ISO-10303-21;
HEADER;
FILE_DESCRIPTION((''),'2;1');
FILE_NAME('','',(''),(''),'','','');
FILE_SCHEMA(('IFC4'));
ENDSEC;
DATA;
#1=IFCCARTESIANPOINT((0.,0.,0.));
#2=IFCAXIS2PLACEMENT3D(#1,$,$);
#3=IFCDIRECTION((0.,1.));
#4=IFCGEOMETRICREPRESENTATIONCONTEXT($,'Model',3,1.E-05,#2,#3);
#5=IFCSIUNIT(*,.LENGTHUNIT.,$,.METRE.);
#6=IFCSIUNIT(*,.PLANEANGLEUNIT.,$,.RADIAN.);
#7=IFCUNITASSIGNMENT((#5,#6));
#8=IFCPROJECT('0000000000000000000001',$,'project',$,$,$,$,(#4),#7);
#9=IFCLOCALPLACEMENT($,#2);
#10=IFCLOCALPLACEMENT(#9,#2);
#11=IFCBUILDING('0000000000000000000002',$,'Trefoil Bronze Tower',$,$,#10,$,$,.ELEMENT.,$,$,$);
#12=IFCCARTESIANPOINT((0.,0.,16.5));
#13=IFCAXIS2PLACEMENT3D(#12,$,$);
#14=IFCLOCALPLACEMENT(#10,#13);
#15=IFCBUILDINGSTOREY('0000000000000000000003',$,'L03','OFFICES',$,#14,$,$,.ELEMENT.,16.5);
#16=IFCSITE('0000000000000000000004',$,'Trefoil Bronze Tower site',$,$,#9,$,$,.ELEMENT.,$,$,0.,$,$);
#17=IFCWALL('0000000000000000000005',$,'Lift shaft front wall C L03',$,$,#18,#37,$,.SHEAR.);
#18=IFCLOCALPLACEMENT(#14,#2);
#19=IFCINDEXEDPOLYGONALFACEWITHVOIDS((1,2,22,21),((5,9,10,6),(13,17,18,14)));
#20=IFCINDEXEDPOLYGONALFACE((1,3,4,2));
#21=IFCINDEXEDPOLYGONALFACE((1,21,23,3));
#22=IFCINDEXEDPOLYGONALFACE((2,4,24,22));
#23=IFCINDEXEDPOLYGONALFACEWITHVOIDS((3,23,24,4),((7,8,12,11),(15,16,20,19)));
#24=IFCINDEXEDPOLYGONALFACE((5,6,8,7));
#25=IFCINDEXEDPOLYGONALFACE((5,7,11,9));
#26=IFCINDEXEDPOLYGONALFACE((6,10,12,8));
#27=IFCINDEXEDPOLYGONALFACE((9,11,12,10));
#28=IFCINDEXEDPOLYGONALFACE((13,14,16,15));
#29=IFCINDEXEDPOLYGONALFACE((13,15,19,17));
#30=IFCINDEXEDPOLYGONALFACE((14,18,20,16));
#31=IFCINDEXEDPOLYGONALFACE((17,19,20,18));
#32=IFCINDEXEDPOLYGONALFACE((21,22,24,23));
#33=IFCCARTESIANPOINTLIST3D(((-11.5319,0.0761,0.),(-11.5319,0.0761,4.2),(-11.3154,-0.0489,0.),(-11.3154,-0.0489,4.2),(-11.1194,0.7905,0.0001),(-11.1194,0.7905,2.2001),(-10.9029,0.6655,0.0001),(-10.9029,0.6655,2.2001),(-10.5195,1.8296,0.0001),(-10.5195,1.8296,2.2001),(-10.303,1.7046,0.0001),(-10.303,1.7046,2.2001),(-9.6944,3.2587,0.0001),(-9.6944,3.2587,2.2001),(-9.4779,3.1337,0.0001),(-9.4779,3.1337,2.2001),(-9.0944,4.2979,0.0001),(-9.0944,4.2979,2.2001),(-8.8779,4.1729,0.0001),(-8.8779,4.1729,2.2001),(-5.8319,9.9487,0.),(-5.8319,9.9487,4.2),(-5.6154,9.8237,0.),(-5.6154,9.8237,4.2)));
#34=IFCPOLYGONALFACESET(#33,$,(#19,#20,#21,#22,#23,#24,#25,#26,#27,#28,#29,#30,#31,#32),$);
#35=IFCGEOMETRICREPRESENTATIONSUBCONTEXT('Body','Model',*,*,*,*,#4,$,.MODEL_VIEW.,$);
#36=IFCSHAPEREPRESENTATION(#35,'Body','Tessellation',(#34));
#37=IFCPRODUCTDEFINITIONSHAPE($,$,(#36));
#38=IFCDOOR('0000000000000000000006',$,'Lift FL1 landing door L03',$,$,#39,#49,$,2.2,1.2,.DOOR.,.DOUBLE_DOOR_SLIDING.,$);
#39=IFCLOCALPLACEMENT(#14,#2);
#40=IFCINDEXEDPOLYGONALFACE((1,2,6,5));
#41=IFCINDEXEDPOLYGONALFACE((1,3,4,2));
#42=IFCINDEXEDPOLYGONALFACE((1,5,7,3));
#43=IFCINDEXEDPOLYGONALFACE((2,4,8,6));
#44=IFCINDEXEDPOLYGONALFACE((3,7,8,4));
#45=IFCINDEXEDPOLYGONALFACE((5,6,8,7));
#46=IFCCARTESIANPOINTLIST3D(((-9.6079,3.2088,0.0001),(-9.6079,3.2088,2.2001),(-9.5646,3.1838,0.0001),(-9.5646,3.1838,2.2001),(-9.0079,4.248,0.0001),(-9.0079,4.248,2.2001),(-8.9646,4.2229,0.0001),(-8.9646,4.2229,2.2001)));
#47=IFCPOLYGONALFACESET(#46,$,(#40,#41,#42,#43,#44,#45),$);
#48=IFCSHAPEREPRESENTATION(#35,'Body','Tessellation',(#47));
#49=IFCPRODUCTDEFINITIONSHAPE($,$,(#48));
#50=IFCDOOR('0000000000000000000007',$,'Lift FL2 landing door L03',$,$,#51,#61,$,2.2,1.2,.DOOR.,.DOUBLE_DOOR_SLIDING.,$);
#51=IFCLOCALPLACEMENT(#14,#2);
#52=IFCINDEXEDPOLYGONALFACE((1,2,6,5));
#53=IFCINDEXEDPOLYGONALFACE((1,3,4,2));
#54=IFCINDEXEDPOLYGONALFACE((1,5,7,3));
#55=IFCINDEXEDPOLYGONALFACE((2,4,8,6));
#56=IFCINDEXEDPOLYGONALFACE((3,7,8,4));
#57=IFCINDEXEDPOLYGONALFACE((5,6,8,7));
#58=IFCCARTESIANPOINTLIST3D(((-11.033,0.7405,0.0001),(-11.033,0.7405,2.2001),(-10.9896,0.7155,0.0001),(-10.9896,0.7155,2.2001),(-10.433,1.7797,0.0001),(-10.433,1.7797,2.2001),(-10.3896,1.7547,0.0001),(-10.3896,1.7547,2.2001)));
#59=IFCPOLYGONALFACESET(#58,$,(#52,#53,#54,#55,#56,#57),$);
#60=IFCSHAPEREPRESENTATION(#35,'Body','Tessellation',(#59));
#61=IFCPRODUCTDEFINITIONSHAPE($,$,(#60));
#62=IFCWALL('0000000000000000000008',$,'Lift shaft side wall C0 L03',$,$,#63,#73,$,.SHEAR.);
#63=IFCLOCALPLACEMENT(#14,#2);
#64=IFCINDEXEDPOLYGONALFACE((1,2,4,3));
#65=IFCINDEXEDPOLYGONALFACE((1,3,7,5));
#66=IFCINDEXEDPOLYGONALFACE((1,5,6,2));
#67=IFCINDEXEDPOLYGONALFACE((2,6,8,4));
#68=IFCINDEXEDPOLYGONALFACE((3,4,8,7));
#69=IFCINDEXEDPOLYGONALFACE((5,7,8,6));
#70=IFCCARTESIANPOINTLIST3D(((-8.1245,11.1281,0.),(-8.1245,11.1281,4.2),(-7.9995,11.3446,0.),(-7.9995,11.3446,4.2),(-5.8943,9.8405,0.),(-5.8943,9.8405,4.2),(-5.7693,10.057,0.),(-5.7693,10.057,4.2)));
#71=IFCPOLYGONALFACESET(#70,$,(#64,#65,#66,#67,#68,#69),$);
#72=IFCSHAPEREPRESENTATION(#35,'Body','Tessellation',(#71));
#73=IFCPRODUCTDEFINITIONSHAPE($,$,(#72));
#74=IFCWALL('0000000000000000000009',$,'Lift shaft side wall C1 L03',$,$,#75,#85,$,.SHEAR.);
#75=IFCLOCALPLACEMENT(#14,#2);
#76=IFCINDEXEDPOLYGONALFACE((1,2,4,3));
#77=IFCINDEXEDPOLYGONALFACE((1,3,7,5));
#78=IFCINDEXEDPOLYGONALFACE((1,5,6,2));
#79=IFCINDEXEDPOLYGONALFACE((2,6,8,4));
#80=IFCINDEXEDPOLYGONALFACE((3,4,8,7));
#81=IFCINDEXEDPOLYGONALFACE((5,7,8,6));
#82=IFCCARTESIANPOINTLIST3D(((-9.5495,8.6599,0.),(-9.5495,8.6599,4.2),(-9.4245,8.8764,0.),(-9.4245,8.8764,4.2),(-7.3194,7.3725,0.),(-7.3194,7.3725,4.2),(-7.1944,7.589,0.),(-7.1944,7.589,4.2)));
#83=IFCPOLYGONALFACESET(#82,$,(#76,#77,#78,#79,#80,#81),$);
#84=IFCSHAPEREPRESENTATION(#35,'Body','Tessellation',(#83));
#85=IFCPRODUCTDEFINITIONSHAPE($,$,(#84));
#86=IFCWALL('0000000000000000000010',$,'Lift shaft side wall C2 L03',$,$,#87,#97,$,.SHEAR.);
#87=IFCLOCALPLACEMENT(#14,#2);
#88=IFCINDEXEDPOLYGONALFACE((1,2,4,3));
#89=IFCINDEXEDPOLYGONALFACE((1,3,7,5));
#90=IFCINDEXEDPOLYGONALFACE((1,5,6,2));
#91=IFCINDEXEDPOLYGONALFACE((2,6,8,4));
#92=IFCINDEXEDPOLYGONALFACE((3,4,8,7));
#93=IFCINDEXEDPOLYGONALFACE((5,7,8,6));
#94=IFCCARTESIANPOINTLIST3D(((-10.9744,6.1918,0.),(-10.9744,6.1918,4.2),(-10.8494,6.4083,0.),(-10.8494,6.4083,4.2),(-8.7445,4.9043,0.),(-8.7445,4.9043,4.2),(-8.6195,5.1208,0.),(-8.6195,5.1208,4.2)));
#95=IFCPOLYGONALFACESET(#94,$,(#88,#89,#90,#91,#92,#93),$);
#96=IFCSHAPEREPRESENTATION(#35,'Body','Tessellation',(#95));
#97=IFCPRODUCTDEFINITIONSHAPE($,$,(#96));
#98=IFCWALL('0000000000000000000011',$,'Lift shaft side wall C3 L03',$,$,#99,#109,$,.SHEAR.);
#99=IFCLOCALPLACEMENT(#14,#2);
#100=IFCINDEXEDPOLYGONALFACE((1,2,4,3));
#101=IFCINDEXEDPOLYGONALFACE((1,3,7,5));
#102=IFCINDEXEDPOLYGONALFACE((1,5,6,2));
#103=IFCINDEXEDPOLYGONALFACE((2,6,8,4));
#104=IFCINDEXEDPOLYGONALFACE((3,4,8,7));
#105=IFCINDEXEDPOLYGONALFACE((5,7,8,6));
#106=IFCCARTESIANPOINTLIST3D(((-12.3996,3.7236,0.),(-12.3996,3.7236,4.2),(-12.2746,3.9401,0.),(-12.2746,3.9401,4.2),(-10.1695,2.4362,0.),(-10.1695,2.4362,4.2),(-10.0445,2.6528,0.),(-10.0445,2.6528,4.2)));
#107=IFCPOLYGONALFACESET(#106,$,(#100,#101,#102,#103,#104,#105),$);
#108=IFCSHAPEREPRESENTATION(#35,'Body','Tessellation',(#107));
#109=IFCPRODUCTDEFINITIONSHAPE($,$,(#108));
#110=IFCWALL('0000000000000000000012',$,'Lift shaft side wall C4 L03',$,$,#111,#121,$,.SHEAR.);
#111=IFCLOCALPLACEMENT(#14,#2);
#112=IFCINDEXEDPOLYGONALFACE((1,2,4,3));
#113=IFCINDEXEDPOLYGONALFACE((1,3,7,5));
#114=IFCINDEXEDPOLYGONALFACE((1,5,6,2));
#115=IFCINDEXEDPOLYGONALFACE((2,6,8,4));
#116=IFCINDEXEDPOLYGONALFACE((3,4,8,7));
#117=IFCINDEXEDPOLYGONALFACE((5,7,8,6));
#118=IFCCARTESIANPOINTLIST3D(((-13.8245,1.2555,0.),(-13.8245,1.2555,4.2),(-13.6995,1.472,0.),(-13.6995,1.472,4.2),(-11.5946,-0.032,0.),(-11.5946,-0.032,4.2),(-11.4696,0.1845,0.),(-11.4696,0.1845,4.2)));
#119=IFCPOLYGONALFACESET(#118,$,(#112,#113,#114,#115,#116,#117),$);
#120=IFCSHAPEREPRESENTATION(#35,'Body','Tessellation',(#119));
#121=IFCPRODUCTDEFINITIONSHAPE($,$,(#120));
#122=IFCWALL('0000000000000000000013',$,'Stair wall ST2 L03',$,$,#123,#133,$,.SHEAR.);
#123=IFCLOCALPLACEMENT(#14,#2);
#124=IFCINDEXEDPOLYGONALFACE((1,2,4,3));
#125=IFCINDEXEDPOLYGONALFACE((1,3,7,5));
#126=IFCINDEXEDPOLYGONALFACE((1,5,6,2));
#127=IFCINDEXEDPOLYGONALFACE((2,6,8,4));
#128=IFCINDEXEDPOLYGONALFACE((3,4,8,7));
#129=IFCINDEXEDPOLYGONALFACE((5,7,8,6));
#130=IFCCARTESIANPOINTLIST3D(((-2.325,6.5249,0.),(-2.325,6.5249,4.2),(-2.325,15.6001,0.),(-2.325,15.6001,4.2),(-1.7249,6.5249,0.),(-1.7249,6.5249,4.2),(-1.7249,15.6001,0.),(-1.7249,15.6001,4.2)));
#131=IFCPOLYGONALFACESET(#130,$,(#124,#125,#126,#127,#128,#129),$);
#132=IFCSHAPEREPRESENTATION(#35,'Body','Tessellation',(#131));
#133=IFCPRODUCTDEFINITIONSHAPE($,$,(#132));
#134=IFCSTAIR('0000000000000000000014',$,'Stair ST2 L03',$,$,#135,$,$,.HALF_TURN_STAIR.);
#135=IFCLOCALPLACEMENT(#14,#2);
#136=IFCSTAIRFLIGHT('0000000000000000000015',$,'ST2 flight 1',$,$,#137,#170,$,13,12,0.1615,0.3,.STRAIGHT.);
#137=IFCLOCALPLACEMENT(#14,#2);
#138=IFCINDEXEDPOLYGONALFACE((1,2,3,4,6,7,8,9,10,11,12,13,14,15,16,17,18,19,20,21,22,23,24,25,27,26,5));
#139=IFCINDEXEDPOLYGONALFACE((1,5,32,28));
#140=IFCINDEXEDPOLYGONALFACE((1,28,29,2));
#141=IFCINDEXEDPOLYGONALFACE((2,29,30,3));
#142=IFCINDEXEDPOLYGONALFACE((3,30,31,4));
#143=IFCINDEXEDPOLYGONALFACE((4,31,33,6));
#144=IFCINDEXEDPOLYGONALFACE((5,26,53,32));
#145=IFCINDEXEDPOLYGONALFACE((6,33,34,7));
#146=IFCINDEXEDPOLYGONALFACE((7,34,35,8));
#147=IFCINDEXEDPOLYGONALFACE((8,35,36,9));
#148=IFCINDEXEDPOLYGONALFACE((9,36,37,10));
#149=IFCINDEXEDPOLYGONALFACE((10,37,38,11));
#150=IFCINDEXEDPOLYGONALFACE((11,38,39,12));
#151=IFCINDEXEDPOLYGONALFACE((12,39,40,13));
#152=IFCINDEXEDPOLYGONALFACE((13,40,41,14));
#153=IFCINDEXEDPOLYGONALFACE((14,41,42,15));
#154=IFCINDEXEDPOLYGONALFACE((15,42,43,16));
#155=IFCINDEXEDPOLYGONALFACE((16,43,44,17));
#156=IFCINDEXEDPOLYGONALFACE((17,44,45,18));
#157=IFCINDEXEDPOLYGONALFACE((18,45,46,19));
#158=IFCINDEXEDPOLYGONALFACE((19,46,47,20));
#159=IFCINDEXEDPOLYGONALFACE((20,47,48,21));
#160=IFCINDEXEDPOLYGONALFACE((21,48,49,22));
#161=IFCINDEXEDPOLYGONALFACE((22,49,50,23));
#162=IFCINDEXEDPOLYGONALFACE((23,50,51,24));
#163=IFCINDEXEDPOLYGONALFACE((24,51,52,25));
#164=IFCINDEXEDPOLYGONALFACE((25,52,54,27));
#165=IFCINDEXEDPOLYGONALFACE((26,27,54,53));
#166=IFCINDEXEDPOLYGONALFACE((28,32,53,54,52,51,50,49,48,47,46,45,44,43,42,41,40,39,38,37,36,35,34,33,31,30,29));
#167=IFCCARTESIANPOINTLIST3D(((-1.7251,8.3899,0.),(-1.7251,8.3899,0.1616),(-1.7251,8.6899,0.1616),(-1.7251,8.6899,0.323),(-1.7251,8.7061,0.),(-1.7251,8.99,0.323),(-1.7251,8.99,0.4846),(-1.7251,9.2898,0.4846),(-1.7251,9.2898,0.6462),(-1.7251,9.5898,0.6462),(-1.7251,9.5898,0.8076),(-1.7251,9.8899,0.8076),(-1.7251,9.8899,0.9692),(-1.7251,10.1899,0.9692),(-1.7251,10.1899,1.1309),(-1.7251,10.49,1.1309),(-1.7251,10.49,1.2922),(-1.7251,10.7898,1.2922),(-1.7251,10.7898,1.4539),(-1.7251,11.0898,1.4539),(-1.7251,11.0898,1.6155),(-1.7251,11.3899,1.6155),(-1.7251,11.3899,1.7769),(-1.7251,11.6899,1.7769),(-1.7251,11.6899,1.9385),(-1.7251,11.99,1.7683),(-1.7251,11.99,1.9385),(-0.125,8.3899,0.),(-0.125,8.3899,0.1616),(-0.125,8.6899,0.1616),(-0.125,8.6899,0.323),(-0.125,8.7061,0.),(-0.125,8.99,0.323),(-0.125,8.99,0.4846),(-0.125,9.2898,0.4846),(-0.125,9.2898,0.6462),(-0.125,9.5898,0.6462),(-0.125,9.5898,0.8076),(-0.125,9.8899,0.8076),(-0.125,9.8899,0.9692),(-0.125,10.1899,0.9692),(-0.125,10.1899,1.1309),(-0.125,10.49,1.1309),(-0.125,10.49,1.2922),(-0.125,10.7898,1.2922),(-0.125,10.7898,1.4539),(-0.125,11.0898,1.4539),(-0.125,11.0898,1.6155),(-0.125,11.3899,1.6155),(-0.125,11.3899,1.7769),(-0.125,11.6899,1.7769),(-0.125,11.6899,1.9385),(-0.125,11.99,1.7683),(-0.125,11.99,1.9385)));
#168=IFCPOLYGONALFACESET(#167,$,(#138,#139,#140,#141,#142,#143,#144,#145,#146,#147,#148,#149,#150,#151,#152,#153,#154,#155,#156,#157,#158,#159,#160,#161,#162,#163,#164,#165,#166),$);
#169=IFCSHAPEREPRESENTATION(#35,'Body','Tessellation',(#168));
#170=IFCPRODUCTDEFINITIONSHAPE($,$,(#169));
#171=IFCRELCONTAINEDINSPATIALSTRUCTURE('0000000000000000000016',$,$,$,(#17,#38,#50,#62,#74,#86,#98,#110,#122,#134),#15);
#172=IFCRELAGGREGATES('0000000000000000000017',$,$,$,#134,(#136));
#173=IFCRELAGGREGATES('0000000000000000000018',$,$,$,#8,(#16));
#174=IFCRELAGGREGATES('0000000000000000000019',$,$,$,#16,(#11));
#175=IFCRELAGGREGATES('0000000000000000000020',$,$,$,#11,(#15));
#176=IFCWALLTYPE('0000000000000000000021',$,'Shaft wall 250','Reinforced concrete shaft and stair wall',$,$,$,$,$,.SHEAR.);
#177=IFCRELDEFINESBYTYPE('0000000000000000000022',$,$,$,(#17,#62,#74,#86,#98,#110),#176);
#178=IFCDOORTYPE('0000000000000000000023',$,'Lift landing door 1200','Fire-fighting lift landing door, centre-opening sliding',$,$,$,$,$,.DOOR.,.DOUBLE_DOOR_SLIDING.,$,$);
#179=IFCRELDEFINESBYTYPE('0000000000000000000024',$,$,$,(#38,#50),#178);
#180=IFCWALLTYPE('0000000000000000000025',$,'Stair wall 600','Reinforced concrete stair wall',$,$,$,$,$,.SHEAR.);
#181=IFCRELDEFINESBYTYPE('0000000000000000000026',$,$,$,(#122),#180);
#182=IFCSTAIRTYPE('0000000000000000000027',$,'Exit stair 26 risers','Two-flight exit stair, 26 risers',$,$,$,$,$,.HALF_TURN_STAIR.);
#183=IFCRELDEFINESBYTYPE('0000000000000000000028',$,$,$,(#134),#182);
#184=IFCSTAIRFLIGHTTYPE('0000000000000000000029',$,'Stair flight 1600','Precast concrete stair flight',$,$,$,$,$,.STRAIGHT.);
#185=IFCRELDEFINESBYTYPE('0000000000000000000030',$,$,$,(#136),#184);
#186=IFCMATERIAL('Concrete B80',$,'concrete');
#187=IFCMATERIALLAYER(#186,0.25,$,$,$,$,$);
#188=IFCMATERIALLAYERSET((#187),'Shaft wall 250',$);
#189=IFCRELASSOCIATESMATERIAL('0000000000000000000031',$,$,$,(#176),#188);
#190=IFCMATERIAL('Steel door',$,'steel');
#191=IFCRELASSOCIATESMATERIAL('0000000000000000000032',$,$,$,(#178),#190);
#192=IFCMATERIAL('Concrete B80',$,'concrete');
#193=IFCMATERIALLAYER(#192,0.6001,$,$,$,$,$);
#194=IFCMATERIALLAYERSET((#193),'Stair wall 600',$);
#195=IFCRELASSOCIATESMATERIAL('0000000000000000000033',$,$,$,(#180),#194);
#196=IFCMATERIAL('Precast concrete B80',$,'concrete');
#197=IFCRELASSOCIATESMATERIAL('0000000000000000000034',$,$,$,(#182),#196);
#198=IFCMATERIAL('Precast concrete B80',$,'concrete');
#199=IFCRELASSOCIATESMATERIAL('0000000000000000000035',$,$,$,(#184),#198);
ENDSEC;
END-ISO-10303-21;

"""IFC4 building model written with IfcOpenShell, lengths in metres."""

from ifc_helpers import new_model, si_unit, direction, frame, frame_2d, origin, place, context, subcontext, project, spatial, polyline, rectangle, outline, extrude, material, layer, layer_set, type_object, element, fill, aggregate, save


model = new_model("IFC4")

# Units and contexts
model_context = context("Model", 3, precision=1e-05, world=origin(), true_north=direction((0.0, 1.0)))
body_context = subcontext(model_context, "Body", "Model", "MODEL_VIEW")
ifc_project = project(units=[si_unit("LENGTHUNIT", "METRE"), si_unit("PLANEANGLEUNIT", "RADIAN")], contexts=[model_context])

# Site, building, storey
site_placement = place(None, origin())
site = spatial("IfcSite", under=ifc_project, at=site_placement, Name="Trefoil Bronze Tower site", CompositionType="ELEMENT", RefElevation=0.0)
building_placement = place(site_placement, origin())
building = spatial("IfcBuilding", under=site, at=building_placement, Name="Trefoil Bronze Tower", CompositionType="ELEMENT")
storey_placement = place(building_placement, frame((0.0, 0.0, 16.5)))
storey = spatial("IfcBuildingStorey", under=building, at=storey_placement, Name="L03", Description="OFFICES", CompositionType="ELEMENT", Elevation=16.5)

# Wall, openings, doors
ifc_material_1 = material(Name="Concrete B80", Category="concrete")
ifc_layer_1 = layer(ifc_material_1, 0.25)
ifc_layer_set_1 = layer_set([ifc_layer_1], Name="Shaft wall 250")
wall_type_1 = type_object("IfcWallType", Name="Shaft wall 250", Description="Reinforced concrete shaft and stair wall", PredefinedType="SHEAR", material=ifc_layer_set_1)
wall_1_placement = place(storey_placement, frame((-5.7236, 9.8862, 0.0), z_axis=(0.0, 0.0, 1.0), x_axis=(-0.500002, -0.866024, 0.0)))
wall_1 = element("IfcWall", 1, at=wall_1_placement, inside=storey, type_object=wall_type_1, Name="Lift shaft front wall C L03", PredefinedType="SHEAR", context=body_context, shape_type="SweptSolid", body=[
    extrude(rectangle(XDim=11.3999, YDim=0.25, at=frame_2d((5.7, 0.0))), origin(), (0.0, 0.0, 1.0), 4.2),
])
opening_1_placement = place(wall_1_placement, frame((6.5249, 0.0, 0.0)))
opening_1 = element("IfcOpeningElement", 2, at=opening_1_placement, cuts=wall_1, PredefinedType="OPENING", context=body_context, shape_type="SweptSolid", body=[
    extrude(rectangle(XDim=1.2, YDim=2.2, at=frame_2d((0.6001, 1.1001))), frame((0.0, 0.135, 0.0), z_axis=(0.0, -1.0, 0.0), x_axis=(1.0, 0.0, 0.0)), (0.0, 0.0, 1.0), 0.27),
])
opening_2_placement = place(wall_1_placement, frame((9.375, 0.0, 0.0)))
opening_2 = element("IfcOpeningElement", 3, at=opening_2_placement, cuts=wall_1, PredefinedType="OPENING", context=body_context, shape_type="SweptSolid", body=[
    extrude(rectangle(XDim=1.2, YDim=2.2, at=frame_2d((0.6001, 1.1001))), frame((0.0, 0.135, 0.0), z_axis=(0.0, -1.0, 0.0), x_axis=(1.0, 0.0, 0.0)), (0.0, 0.0, 1.0), 0.27),
])
ifc_material_2 = material(Name="Steel door", Category="steel")
door_type_1 = type_object("IfcDoorType", Name="Lift landing door 1200", Description="Fire-fighting lift landing door, centre-opening sliding", OperationType="DOUBLE_DOOR_SLIDING", PredefinedType="DOOR", material=ifc_material_2)
door_1_placement = place(opening_1_placement, origin())
door_1 = element("IfcDoor", 4, at=door_1_placement, inside=storey, type_object=door_type_1, Name="Lift FL1 landing door L03", OperationType="DOUBLE_DOOR_SLIDING", OverallHeight=2.2, OverallWidth=1.2, PredefinedType="DOOR", context=body_context, shape_type="SweptSolid", body=[
    extrude(rectangle(XDim=1.2, YDim=2.2, at=frame_2d((0.6001, 1.1001))), frame((0.0, 0.0249, 0.0), z_axis=(0.0, -1.0, 0.0), x_axis=(1.0, 0.0, 0.0)), (0.0, 0.0, 1.0), 0.05),
])
fill(opening_1, door_1)
door_2_placement = place(opening_2_placement, origin())
door_2 = element("IfcDoor", 5, at=door_2_placement, inside=storey, type_object=door_type_1, Name="Lift FL2 landing door L03", OperationType="DOUBLE_DOOR_SLIDING", OverallHeight=2.2, OverallWidth=1.2, PredefinedType="DOOR", context=body_context, shape_type="SweptSolid", body=[
    extrude(rectangle(XDim=1.2, YDim=2.2, at=frame_2d((0.6001, 1.1001))), frame((0.0, 0.0249, 0.0), z_axis=(0.0, -1.0, 0.0), x_axis=(1.0, 0.0, 0.0)), (0.0, 0.0, 1.0), 0.05),
])
fill(opening_2, door_2)

# Walls
wall_2_placement = place(storey_placement, frame((-5.8318, 9.9487, 0.0), z_axis=(0.0, 0.0, 1.0), x_axis=(-0.866029, 0.499993, 0.0)))
element("IfcWall", 6, at=wall_2_placement, inside=storey, type_object=wall_type_1, Name="Lift shaft side wall C0 L03", PredefinedType="SHEAR", context=body_context, shape_type="SweptSolid", body=[
    extrude(rectangle(XDim=2.5752, YDim=0.25, at=frame_2d((1.2876, 0.0))), origin(), (0.0, 0.0, 1.0), 4.2),
])
for number, where, z_axis, x_axis, name in (
    (7, (-7.2568, 7.4807, 0.0), (0.0, 0.0, 1.0), (-0.866047, 0.499963, 0.0), "Lift shaft side wall C1 L03"),
    (8, (-8.6819, 5.0125, 0.0), (0.0, 0.0, 1.0), (-0.866006, 0.500034, 0.0), "Lift shaft side wall C2 L03"),
    (9, (-10.1069, 2.5444, 0.0), (0.0, 0.0, 1.0), (-0.866047, 0.499963, 0.0), "Lift shaft side wall C3 L03"),
    (10, (-11.532, 0.0762, 0.0), (0.0, 0.0, 1.0), (-0.866006, 0.500034, 0.0), "Lift shaft side wall C4 L03"),
):
    element("IfcWall", number, at=place(storey_placement, frame(where, z_axis=z_axis, x_axis=x_axis)), inside=storey, type_object=wall_type_1, Name=name, PredefinedType="SHEAR", context=body_context, shape_type="SweptSolid", body=[
        extrude(rectangle(XDim=2.575, YDim=0.25, at=frame_2d((1.2876, 0.0))), origin(), (0.0, 0.0, 1.0), 4.2),
    ])
ifc_material_3 = material(Name="Concrete B80", Category="concrete")
ifc_layer_2 = layer(ifc_material_3, 0.6001)
ifc_layer_set_2 = layer_set([ifc_layer_2], Name="Stair wall 600")
wall_type_2 = type_object("IfcWallType", Name="Stair wall 600", Description="Reinforced concrete stair wall", PredefinedType="SHEAR", material=ifc_layer_set_2)
wall_3_placement = place(storey_placement, frame((-2.0249, 6.5249, 0.0), z_axis=(0.0, 0.0, 1.0), x_axis=(0.0, 1.0, 0.0)))
element("IfcWall", 11, at=wall_3_placement, inside=storey, type_object=wall_type_2, Name="Stair wall ST2 L03", PredefinedType="SHEAR", context=body_context, shape_type="SweptSolid", body=[
    extrude(rectangle(XDim=9.0752, YDim=0.6001, at=frame_2d((4.5376, 0.0))), origin(), (0.0, 0.0, 1.0), 4.2),
])

# Stair, stair flight
ifc_material_4 = material(Name="Precast concrete B80", Category="concrete")
stair_type = type_object("IfcStairType", Name="Exit stair 26 risers", Description="Two-flight exit stair, 26 risers", PredefinedType="HALF_TURN_STAIR", material=ifc_material_4)
stair_placement = place(storey_placement, origin())
stair = element("IfcStair", 12, at=stair_placement, inside=storey, type_object=stair_type, Name="Stair ST2 L03", PredefinedType="HALF_TURN_STAIR")
ifc_material_5 = material(Name="Precast concrete B80", Category="concrete")
stair_flight_type = type_object("IfcStairFlightType", Name="Stair flight 1600", Description="Precast concrete stair flight", PredefinedType="STRAIGHT", material=ifc_material_5)
stair_flight_placement = place(storey_placement, frame((-0.925, 8.3899, 0.0), z_axis=(0.0, 0.0, 1.0), x_axis=(0.0, 1.0, 0.0)))
stair_flight = element("IfcStairFlight", 13, at=stair_flight_placement, type_object=stair_flight_type, Name="ST2 flight 1", NumberOfRisers=13, NumberOfTreads=12, PredefinedType="STRAIGHT", RiserHeight=0.1615, TreadLength=0.3, context=body_context, shape_type="SweptSolid", body=[
    extrude(outline(polyline([(0.0, 0.0), (0.0, 0.1616), (0.3, 0.1616), (0.3, 0.323), (0.6001, 0.323), (0.6001, 0.4846), (0.8999, 0.4846), (0.8999, 0.6462), (1.2, 0.6462), (1.2, 0.8076), (1.5, 0.8076), (1.5, 0.9692), (1.8, 0.9692), (1.8, 1.1309), (2.1001, 1.1309), (2.1001, 1.2922), (2.3999, 1.2922), (2.3999, 1.4539), (2.7, 1.4539), (2.7, 1.6155), (3.0, 1.6155), (3.0, 1.7769), (3.3, 1.7769), (3.3, 1.9385), (3.6001, 1.9385), (3.6001, 2.1001), (3.6001, 1.7683), (0.3162, 0.0), (0.0, 0.0)])), frame((0.0, 0.8, 0.0), z_axis=(0.0, -1.0, 0.0), x_axis=(1.0, 0.0, 0.0)), (0.0, 0.0, 1.0), 1.6001),
])
aggregate(stair, [stair_flight])

save(model, "model.ifc")
